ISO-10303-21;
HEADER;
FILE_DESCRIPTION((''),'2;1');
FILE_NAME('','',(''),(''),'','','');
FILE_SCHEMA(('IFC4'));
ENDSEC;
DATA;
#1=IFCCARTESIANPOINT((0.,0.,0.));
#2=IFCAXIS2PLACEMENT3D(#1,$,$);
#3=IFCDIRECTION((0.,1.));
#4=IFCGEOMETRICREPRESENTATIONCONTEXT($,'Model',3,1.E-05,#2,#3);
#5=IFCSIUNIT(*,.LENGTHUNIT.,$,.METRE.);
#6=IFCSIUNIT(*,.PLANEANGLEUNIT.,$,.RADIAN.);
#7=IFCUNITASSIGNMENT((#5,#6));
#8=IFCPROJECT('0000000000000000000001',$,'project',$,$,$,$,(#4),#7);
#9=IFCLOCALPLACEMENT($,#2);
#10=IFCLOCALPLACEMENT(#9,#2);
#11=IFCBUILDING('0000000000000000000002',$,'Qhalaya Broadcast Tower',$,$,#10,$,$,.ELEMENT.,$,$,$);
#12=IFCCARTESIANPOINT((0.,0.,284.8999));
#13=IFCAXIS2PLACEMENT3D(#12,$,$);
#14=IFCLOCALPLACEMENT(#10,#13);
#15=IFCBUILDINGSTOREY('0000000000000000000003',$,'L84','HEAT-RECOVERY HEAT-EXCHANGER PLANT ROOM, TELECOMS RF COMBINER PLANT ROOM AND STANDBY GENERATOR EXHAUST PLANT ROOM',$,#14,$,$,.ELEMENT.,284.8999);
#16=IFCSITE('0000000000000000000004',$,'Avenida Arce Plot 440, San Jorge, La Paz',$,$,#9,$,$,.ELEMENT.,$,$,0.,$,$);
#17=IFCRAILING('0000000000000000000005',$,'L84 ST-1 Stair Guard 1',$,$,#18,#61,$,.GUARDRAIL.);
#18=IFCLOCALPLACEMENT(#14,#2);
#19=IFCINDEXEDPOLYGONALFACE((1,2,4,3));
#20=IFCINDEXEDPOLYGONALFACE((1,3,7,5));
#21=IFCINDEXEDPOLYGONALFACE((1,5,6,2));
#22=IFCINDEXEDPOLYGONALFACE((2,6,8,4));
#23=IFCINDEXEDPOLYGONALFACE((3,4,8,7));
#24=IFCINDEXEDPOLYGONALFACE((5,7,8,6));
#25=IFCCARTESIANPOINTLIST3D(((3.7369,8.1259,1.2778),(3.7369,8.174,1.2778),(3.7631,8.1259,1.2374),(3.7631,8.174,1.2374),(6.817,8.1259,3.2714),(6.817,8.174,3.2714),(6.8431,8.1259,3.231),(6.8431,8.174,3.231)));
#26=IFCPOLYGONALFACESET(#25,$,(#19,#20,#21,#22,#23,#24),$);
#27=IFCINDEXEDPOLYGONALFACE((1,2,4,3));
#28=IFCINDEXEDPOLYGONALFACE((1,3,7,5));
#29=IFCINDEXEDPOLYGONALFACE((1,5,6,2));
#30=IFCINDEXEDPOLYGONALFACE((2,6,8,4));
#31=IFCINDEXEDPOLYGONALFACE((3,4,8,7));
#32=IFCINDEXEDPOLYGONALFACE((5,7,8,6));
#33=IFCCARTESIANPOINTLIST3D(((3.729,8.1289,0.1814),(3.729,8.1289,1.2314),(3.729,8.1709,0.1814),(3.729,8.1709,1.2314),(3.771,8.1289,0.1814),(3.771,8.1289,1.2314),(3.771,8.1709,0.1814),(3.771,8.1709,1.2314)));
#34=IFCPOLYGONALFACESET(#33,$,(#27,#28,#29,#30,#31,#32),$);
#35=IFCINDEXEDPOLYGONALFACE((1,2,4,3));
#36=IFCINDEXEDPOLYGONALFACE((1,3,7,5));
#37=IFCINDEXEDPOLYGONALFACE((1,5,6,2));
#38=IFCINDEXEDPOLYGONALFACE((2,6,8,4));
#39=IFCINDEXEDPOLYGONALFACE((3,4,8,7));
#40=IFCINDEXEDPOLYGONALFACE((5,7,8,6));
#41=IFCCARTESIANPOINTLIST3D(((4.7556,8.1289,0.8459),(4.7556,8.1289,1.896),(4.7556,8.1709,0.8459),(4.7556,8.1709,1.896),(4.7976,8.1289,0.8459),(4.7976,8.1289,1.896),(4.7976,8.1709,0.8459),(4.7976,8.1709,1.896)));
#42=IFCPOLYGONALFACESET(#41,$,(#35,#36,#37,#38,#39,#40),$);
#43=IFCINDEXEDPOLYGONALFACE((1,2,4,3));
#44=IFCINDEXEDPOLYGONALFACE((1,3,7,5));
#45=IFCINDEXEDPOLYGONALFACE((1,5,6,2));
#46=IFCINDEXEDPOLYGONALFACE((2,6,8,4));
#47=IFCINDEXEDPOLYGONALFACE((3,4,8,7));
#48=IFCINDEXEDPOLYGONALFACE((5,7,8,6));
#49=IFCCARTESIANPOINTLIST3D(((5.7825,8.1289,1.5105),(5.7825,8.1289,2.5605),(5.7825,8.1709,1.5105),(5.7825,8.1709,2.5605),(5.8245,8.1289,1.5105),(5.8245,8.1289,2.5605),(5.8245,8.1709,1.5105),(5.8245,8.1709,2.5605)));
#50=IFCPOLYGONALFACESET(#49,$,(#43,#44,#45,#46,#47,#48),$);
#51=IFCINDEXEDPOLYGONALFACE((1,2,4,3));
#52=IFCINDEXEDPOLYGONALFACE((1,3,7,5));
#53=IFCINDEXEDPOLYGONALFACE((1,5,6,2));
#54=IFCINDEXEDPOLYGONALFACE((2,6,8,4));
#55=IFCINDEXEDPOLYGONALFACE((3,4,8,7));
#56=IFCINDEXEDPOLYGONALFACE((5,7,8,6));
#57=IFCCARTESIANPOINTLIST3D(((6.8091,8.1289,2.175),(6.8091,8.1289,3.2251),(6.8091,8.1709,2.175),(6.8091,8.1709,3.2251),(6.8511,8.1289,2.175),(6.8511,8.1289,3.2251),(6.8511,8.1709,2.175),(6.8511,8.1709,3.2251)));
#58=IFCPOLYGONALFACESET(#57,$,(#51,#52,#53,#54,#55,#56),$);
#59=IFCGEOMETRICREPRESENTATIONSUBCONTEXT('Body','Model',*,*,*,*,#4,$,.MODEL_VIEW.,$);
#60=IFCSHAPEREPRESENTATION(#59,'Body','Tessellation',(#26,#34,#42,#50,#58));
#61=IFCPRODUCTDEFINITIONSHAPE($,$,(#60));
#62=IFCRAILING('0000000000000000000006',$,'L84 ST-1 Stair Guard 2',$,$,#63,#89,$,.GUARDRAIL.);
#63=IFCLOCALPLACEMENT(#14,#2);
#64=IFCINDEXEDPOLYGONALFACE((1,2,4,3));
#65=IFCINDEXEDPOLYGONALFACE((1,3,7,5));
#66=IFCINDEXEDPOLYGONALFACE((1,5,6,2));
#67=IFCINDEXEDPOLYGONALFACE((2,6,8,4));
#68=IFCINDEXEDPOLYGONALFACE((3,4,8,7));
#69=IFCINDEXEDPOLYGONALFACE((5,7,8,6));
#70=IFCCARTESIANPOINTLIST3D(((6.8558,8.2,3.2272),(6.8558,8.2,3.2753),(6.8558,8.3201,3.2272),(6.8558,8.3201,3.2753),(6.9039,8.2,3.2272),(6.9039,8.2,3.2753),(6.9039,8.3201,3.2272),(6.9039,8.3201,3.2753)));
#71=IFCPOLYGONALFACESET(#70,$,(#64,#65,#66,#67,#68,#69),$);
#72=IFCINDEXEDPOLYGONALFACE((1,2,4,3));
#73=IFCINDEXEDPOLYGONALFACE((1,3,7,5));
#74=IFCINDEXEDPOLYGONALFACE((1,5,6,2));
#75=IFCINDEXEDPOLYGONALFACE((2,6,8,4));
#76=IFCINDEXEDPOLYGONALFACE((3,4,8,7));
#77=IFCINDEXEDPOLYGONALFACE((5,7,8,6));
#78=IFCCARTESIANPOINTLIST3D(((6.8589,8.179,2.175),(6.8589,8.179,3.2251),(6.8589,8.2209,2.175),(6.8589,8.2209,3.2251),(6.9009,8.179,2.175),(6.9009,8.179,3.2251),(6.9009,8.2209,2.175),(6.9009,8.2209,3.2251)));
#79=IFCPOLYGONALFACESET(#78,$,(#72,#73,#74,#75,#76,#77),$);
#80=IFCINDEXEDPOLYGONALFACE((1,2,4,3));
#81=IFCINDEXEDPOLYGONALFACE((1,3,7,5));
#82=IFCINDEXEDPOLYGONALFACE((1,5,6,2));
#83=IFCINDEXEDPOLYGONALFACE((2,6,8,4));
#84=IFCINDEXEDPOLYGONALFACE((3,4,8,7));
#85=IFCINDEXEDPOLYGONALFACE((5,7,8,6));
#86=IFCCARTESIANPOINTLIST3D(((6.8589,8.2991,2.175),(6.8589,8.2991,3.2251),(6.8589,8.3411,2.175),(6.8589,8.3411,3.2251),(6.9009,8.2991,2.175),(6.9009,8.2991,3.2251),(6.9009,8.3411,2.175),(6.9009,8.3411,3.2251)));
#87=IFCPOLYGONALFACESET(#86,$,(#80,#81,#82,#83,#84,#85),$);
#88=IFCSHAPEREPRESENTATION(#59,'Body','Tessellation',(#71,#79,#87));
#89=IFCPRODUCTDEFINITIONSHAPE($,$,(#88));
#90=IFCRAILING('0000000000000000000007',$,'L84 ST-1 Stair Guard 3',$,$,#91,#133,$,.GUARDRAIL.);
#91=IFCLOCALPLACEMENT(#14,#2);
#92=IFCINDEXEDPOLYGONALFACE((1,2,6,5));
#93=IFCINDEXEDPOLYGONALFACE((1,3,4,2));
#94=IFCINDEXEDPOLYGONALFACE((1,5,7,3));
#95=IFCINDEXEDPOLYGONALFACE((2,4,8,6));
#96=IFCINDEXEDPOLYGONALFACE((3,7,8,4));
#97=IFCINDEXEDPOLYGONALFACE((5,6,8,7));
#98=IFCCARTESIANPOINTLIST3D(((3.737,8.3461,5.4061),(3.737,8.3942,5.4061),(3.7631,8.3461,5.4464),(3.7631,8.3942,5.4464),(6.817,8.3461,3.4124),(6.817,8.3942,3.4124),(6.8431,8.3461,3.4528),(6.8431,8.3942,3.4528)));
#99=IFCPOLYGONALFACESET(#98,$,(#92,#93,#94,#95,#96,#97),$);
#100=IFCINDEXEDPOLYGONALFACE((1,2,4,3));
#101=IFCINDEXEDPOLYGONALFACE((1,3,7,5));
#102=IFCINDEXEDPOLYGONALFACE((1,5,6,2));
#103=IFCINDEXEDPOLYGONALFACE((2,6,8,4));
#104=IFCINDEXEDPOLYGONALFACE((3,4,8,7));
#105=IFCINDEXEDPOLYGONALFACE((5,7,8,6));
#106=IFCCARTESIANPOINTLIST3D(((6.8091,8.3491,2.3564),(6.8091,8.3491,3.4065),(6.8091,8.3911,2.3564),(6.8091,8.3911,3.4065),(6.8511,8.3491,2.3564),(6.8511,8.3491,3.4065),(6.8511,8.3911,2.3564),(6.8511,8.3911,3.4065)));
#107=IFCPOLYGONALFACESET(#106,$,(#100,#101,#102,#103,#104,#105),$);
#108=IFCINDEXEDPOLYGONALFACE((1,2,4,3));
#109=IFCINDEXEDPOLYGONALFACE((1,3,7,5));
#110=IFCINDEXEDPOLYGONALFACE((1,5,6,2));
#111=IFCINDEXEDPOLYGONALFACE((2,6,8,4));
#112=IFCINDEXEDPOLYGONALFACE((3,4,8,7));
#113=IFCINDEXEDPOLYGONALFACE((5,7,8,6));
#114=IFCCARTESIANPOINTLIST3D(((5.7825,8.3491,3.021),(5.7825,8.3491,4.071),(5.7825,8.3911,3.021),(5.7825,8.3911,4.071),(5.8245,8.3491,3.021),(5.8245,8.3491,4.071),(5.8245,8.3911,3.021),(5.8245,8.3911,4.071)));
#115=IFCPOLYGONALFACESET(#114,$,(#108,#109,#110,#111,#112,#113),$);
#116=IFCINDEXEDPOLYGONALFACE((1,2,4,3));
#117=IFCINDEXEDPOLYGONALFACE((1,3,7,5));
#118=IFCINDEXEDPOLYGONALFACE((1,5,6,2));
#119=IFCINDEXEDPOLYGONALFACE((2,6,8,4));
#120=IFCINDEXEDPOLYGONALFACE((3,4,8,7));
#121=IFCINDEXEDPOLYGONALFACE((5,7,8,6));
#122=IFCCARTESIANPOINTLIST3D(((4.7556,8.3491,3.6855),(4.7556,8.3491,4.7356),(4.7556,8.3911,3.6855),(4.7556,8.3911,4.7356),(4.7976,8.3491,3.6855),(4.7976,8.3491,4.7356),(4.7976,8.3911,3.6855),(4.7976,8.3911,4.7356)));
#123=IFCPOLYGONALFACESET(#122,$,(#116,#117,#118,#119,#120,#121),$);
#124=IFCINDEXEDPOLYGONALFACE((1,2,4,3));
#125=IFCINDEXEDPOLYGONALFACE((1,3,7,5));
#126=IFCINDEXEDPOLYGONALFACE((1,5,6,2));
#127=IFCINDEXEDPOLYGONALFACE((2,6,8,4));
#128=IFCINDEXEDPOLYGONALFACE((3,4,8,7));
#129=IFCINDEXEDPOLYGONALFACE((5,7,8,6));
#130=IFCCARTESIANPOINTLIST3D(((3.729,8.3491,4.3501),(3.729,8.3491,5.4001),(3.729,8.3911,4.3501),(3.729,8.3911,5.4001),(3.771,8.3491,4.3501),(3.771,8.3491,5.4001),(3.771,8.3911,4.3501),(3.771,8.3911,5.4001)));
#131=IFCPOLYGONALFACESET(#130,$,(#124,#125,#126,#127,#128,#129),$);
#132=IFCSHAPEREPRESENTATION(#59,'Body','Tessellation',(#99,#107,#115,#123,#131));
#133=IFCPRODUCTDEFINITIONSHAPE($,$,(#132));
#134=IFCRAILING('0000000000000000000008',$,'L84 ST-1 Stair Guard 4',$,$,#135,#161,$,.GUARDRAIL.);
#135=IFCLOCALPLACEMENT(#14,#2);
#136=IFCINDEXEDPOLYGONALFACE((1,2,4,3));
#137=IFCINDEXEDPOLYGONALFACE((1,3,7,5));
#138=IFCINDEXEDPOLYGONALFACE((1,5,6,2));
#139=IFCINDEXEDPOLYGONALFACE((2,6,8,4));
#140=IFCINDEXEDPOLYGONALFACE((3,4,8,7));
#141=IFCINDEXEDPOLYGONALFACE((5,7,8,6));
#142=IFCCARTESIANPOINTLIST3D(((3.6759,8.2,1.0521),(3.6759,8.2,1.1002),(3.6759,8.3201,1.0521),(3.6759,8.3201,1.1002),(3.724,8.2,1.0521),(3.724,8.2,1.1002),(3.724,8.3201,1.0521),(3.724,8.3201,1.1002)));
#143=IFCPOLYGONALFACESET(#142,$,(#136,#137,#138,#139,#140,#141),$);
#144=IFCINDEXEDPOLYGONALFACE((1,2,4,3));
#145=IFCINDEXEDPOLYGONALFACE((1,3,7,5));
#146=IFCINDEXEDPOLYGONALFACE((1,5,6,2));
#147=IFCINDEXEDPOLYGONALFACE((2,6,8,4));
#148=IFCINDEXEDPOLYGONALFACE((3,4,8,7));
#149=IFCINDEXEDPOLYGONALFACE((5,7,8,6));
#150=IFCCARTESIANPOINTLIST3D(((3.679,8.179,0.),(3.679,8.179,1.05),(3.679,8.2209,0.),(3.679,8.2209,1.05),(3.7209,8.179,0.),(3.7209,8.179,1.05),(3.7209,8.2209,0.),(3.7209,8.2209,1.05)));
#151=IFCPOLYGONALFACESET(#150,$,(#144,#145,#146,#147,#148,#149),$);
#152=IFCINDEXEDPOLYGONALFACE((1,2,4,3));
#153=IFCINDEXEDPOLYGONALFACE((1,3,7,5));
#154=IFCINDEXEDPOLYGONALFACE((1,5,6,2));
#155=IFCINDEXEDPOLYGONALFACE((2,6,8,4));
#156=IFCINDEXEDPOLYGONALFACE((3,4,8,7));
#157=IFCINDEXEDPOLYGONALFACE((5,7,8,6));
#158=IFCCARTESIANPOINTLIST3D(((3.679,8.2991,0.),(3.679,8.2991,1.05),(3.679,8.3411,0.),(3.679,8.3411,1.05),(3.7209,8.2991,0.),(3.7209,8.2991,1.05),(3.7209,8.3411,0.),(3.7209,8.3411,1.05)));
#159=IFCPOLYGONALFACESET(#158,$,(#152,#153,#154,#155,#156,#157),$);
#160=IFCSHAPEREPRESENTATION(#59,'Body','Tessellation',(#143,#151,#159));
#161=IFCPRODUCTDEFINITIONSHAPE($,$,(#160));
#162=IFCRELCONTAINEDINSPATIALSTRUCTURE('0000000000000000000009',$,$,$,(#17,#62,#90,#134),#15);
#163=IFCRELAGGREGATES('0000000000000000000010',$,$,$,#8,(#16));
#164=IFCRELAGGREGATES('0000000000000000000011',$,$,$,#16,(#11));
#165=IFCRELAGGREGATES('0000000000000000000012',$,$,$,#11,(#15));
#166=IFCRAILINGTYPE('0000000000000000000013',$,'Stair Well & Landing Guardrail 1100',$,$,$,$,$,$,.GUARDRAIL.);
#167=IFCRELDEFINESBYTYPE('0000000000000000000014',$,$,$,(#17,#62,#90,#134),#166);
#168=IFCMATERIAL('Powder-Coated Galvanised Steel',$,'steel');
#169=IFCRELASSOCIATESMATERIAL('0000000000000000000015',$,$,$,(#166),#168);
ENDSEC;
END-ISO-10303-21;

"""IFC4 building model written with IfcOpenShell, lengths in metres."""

from ifc_helpers import new_model, si_unit, direction, frame, origin, origin_2d, place, context, subcontext, project, spatial, rectangle, extrude, material, type_object, element, save


model = new_model("IFC4")

# Units and contexts
model_context = context("Model", 3, precision=1e-05, world=origin(), true_north=direction((0.0, 1.0)))
body_context = subcontext(model_context, "Body", "Model", "MODEL_VIEW")
ifc_project = project(units=[si_unit("LENGTHUNIT", "METRE"), si_unit("PLANEANGLEUNIT", "RADIAN")], contexts=[model_context])

# Site, building, storey
site_placement = place(None, origin())
site = spatial("IfcSite", under=ifc_project, at=site_placement, Name="Avenida Arce Plot 440, San Jorge, La Paz", CompositionType="ELEMENT", RefElevation=0.0)
building_placement = place(site_placement, origin())
building = spatial("IfcBuilding", under=site, at=building_placement, Name="Qhalaya Broadcast Tower", CompositionType="ELEMENT")
storey_placement = place(building_placement, frame((0.0, 0.0, 284.8999)))
storey = spatial("IfcBuildingStorey", under=building, at=storey_placement, Name="L84", Description="HEAT-RECOVERY HEAT-EXCHANGER PLANT ROOM, TELECOMS RF COMBINER PLANT ROOM AND STANDBY GENERATOR EXHAUST PLANT ROOM", CompositionType="ELEMENT", Elevation=284.8999)

# Railings
ifc_material_1 = material(Name="Powder-Coated Galvanised Steel", Category="steel")
railing_type_1 = type_object("IfcRailingType", Name="Stair Well & Landing Guardrail 1100", PredefinedType="GUARDRAIL", material=ifc_material_1)
railing_1_placement = place(storey_placement, frame((3.75, 8.1499, 0.1814)))
element("IfcRailing", 1, at=railing_1_placement, inside=storey, type_object=railing_type_1, Name="L84 ST-1 Stair Guard 1", PredefinedType="GUARDRAIL", context=body_context, shape_type="SweptSolid", body=[
    extrude(rectangle(XDim=0.0481, YDim=0.0481, at=origin_2d()), frame((0.0, 0.0, 1.0762), z_axis=(0.839488, 0.0, 0.543378), x_axis=(0.0, 1.0, 0.0)), (0.0, 0.0, 1.0), 3.6689),
    extrude(rectangle(XDim=0.042, YDim=0.042, at=origin_2d()), origin(), (0.0, 0.0, 1.0), 1.05),
    extrude(rectangle(XDim=0.042, YDim=0.042, at=origin_2d()), frame((1.0266, 0.0, 0.6646)), (0.0, 0.0, 1.0), 1.05),
    extrude(rectangle(XDim=0.042, YDim=0.042, at=origin_2d()), frame((2.0535, 0.0, 1.3291)), (0.0, 0.0, 1.0), 1.05),
    extrude(rectangle(XDim=0.042, YDim=0.042, at=origin_2d()), frame((3.0801, 0.0, 1.9937)), (0.0, 0.0, 1.0), 1.05),
])
railing_2_placement = place(storey_placement, frame((6.8799, 8.2, 2.175)))
element("IfcRailing", 2, at=railing_2_placement, inside=storey, type_object=railing_type_1, Name="L84 ST-1 Stair Guard 2", PredefinedType="GUARDRAIL", context=body_context, shape_type="SweptSolid", body=[
    extrude(rectangle(XDim=0.0481, YDim=0.0481, at=origin_2d()), frame((0.0, 0.0, 1.0762), z_axis=(0.0, 1.0, 0.0), x_axis=(-1.0, 0.0, 0.0)), (0.0, 0.0, 1.0), 0.1201),
    extrude(rectangle(XDim=0.042, YDim=0.042, at=origin_2d()), origin(), (0.0, 0.0, 1.0), 1.05),
    extrude(rectangle(XDim=0.042, YDim=0.042, at=origin_2d()), frame((0.0, 0.1201, 0.0)), (0.0, 0.0, 1.0), 1.05),
])
railing_3_placement = place(storey_placement, frame((6.8301, 8.3701, 2.3564)))
element("IfcRailing", 3, at=railing_3_placement, inside=storey, type_object=railing_type_1, Name="L84 ST-1 Stair Guard 3", PredefinedType="GUARDRAIL", context=body_context, shape_type="SweptSolid", body=[
    extrude(rectangle(XDim=0.0481, YDim=0.0481, at=origin_2d()), frame((0.0, 0.0, 1.0762), z_axis=(-0.839488, 0.0, 0.543378), x_axis=(0.0, -1.0, 0.0)), (0.0, 0.0, 1.0), 3.6689),
    extrude(rectangle(XDim=0.042, YDim=0.042, at=origin_2d()), origin(), (0.0, 0.0, 1.0), 1.05),
    extrude(rectangle(XDim=0.042, YDim=0.042, at=origin_2d()), frame((-1.0266, 0.0, 0.6646)), (0.0, 0.0, 1.0), 1.05),
    extrude(rectangle(XDim=0.042, YDim=0.042, at=origin_2d()), frame((-2.0535, 0.0, 1.3291)), (0.0, 0.0, 1.0), 1.05),
    extrude(rectangle(XDim=0.042, YDim=0.042, at=origin_2d()), frame((-3.0801, 0.0, 1.9937)), (0.0, 0.0, 1.0), 1.05),
])
railing_4_placement = place(storey_placement, frame((3.7, 8.2, 0.0)))
element("IfcRailing", 4, at=railing_4_placement, inside=storey, type_object=railing_type_1, Name="L84 ST-1 Stair Guard 4", PredefinedType="GUARDRAIL", context=body_context, shape_type="SweptSolid", body=[
    extrude(rectangle(XDim=0.0481, YDim=0.0481, at=origin_2d()), frame((0.0, 0.0, 1.0762), z_axis=(0.0, 1.0, 0.0), x_axis=(-1.0, 0.0, 0.0)), (0.0, 0.0, 1.0), 0.1201),
    extrude(rectangle(XDim=0.042, YDim=0.042, at=origin_2d()), origin(), (0.0, 0.0, 1.0), 1.05),
    extrude(rectangle(XDim=0.042, YDim=0.042, at=origin_2d()), frame((0.0, 0.1201, 0.0)), (0.0, 0.0, 1.0), 1.05),
])

save(model, "model.ifc")
